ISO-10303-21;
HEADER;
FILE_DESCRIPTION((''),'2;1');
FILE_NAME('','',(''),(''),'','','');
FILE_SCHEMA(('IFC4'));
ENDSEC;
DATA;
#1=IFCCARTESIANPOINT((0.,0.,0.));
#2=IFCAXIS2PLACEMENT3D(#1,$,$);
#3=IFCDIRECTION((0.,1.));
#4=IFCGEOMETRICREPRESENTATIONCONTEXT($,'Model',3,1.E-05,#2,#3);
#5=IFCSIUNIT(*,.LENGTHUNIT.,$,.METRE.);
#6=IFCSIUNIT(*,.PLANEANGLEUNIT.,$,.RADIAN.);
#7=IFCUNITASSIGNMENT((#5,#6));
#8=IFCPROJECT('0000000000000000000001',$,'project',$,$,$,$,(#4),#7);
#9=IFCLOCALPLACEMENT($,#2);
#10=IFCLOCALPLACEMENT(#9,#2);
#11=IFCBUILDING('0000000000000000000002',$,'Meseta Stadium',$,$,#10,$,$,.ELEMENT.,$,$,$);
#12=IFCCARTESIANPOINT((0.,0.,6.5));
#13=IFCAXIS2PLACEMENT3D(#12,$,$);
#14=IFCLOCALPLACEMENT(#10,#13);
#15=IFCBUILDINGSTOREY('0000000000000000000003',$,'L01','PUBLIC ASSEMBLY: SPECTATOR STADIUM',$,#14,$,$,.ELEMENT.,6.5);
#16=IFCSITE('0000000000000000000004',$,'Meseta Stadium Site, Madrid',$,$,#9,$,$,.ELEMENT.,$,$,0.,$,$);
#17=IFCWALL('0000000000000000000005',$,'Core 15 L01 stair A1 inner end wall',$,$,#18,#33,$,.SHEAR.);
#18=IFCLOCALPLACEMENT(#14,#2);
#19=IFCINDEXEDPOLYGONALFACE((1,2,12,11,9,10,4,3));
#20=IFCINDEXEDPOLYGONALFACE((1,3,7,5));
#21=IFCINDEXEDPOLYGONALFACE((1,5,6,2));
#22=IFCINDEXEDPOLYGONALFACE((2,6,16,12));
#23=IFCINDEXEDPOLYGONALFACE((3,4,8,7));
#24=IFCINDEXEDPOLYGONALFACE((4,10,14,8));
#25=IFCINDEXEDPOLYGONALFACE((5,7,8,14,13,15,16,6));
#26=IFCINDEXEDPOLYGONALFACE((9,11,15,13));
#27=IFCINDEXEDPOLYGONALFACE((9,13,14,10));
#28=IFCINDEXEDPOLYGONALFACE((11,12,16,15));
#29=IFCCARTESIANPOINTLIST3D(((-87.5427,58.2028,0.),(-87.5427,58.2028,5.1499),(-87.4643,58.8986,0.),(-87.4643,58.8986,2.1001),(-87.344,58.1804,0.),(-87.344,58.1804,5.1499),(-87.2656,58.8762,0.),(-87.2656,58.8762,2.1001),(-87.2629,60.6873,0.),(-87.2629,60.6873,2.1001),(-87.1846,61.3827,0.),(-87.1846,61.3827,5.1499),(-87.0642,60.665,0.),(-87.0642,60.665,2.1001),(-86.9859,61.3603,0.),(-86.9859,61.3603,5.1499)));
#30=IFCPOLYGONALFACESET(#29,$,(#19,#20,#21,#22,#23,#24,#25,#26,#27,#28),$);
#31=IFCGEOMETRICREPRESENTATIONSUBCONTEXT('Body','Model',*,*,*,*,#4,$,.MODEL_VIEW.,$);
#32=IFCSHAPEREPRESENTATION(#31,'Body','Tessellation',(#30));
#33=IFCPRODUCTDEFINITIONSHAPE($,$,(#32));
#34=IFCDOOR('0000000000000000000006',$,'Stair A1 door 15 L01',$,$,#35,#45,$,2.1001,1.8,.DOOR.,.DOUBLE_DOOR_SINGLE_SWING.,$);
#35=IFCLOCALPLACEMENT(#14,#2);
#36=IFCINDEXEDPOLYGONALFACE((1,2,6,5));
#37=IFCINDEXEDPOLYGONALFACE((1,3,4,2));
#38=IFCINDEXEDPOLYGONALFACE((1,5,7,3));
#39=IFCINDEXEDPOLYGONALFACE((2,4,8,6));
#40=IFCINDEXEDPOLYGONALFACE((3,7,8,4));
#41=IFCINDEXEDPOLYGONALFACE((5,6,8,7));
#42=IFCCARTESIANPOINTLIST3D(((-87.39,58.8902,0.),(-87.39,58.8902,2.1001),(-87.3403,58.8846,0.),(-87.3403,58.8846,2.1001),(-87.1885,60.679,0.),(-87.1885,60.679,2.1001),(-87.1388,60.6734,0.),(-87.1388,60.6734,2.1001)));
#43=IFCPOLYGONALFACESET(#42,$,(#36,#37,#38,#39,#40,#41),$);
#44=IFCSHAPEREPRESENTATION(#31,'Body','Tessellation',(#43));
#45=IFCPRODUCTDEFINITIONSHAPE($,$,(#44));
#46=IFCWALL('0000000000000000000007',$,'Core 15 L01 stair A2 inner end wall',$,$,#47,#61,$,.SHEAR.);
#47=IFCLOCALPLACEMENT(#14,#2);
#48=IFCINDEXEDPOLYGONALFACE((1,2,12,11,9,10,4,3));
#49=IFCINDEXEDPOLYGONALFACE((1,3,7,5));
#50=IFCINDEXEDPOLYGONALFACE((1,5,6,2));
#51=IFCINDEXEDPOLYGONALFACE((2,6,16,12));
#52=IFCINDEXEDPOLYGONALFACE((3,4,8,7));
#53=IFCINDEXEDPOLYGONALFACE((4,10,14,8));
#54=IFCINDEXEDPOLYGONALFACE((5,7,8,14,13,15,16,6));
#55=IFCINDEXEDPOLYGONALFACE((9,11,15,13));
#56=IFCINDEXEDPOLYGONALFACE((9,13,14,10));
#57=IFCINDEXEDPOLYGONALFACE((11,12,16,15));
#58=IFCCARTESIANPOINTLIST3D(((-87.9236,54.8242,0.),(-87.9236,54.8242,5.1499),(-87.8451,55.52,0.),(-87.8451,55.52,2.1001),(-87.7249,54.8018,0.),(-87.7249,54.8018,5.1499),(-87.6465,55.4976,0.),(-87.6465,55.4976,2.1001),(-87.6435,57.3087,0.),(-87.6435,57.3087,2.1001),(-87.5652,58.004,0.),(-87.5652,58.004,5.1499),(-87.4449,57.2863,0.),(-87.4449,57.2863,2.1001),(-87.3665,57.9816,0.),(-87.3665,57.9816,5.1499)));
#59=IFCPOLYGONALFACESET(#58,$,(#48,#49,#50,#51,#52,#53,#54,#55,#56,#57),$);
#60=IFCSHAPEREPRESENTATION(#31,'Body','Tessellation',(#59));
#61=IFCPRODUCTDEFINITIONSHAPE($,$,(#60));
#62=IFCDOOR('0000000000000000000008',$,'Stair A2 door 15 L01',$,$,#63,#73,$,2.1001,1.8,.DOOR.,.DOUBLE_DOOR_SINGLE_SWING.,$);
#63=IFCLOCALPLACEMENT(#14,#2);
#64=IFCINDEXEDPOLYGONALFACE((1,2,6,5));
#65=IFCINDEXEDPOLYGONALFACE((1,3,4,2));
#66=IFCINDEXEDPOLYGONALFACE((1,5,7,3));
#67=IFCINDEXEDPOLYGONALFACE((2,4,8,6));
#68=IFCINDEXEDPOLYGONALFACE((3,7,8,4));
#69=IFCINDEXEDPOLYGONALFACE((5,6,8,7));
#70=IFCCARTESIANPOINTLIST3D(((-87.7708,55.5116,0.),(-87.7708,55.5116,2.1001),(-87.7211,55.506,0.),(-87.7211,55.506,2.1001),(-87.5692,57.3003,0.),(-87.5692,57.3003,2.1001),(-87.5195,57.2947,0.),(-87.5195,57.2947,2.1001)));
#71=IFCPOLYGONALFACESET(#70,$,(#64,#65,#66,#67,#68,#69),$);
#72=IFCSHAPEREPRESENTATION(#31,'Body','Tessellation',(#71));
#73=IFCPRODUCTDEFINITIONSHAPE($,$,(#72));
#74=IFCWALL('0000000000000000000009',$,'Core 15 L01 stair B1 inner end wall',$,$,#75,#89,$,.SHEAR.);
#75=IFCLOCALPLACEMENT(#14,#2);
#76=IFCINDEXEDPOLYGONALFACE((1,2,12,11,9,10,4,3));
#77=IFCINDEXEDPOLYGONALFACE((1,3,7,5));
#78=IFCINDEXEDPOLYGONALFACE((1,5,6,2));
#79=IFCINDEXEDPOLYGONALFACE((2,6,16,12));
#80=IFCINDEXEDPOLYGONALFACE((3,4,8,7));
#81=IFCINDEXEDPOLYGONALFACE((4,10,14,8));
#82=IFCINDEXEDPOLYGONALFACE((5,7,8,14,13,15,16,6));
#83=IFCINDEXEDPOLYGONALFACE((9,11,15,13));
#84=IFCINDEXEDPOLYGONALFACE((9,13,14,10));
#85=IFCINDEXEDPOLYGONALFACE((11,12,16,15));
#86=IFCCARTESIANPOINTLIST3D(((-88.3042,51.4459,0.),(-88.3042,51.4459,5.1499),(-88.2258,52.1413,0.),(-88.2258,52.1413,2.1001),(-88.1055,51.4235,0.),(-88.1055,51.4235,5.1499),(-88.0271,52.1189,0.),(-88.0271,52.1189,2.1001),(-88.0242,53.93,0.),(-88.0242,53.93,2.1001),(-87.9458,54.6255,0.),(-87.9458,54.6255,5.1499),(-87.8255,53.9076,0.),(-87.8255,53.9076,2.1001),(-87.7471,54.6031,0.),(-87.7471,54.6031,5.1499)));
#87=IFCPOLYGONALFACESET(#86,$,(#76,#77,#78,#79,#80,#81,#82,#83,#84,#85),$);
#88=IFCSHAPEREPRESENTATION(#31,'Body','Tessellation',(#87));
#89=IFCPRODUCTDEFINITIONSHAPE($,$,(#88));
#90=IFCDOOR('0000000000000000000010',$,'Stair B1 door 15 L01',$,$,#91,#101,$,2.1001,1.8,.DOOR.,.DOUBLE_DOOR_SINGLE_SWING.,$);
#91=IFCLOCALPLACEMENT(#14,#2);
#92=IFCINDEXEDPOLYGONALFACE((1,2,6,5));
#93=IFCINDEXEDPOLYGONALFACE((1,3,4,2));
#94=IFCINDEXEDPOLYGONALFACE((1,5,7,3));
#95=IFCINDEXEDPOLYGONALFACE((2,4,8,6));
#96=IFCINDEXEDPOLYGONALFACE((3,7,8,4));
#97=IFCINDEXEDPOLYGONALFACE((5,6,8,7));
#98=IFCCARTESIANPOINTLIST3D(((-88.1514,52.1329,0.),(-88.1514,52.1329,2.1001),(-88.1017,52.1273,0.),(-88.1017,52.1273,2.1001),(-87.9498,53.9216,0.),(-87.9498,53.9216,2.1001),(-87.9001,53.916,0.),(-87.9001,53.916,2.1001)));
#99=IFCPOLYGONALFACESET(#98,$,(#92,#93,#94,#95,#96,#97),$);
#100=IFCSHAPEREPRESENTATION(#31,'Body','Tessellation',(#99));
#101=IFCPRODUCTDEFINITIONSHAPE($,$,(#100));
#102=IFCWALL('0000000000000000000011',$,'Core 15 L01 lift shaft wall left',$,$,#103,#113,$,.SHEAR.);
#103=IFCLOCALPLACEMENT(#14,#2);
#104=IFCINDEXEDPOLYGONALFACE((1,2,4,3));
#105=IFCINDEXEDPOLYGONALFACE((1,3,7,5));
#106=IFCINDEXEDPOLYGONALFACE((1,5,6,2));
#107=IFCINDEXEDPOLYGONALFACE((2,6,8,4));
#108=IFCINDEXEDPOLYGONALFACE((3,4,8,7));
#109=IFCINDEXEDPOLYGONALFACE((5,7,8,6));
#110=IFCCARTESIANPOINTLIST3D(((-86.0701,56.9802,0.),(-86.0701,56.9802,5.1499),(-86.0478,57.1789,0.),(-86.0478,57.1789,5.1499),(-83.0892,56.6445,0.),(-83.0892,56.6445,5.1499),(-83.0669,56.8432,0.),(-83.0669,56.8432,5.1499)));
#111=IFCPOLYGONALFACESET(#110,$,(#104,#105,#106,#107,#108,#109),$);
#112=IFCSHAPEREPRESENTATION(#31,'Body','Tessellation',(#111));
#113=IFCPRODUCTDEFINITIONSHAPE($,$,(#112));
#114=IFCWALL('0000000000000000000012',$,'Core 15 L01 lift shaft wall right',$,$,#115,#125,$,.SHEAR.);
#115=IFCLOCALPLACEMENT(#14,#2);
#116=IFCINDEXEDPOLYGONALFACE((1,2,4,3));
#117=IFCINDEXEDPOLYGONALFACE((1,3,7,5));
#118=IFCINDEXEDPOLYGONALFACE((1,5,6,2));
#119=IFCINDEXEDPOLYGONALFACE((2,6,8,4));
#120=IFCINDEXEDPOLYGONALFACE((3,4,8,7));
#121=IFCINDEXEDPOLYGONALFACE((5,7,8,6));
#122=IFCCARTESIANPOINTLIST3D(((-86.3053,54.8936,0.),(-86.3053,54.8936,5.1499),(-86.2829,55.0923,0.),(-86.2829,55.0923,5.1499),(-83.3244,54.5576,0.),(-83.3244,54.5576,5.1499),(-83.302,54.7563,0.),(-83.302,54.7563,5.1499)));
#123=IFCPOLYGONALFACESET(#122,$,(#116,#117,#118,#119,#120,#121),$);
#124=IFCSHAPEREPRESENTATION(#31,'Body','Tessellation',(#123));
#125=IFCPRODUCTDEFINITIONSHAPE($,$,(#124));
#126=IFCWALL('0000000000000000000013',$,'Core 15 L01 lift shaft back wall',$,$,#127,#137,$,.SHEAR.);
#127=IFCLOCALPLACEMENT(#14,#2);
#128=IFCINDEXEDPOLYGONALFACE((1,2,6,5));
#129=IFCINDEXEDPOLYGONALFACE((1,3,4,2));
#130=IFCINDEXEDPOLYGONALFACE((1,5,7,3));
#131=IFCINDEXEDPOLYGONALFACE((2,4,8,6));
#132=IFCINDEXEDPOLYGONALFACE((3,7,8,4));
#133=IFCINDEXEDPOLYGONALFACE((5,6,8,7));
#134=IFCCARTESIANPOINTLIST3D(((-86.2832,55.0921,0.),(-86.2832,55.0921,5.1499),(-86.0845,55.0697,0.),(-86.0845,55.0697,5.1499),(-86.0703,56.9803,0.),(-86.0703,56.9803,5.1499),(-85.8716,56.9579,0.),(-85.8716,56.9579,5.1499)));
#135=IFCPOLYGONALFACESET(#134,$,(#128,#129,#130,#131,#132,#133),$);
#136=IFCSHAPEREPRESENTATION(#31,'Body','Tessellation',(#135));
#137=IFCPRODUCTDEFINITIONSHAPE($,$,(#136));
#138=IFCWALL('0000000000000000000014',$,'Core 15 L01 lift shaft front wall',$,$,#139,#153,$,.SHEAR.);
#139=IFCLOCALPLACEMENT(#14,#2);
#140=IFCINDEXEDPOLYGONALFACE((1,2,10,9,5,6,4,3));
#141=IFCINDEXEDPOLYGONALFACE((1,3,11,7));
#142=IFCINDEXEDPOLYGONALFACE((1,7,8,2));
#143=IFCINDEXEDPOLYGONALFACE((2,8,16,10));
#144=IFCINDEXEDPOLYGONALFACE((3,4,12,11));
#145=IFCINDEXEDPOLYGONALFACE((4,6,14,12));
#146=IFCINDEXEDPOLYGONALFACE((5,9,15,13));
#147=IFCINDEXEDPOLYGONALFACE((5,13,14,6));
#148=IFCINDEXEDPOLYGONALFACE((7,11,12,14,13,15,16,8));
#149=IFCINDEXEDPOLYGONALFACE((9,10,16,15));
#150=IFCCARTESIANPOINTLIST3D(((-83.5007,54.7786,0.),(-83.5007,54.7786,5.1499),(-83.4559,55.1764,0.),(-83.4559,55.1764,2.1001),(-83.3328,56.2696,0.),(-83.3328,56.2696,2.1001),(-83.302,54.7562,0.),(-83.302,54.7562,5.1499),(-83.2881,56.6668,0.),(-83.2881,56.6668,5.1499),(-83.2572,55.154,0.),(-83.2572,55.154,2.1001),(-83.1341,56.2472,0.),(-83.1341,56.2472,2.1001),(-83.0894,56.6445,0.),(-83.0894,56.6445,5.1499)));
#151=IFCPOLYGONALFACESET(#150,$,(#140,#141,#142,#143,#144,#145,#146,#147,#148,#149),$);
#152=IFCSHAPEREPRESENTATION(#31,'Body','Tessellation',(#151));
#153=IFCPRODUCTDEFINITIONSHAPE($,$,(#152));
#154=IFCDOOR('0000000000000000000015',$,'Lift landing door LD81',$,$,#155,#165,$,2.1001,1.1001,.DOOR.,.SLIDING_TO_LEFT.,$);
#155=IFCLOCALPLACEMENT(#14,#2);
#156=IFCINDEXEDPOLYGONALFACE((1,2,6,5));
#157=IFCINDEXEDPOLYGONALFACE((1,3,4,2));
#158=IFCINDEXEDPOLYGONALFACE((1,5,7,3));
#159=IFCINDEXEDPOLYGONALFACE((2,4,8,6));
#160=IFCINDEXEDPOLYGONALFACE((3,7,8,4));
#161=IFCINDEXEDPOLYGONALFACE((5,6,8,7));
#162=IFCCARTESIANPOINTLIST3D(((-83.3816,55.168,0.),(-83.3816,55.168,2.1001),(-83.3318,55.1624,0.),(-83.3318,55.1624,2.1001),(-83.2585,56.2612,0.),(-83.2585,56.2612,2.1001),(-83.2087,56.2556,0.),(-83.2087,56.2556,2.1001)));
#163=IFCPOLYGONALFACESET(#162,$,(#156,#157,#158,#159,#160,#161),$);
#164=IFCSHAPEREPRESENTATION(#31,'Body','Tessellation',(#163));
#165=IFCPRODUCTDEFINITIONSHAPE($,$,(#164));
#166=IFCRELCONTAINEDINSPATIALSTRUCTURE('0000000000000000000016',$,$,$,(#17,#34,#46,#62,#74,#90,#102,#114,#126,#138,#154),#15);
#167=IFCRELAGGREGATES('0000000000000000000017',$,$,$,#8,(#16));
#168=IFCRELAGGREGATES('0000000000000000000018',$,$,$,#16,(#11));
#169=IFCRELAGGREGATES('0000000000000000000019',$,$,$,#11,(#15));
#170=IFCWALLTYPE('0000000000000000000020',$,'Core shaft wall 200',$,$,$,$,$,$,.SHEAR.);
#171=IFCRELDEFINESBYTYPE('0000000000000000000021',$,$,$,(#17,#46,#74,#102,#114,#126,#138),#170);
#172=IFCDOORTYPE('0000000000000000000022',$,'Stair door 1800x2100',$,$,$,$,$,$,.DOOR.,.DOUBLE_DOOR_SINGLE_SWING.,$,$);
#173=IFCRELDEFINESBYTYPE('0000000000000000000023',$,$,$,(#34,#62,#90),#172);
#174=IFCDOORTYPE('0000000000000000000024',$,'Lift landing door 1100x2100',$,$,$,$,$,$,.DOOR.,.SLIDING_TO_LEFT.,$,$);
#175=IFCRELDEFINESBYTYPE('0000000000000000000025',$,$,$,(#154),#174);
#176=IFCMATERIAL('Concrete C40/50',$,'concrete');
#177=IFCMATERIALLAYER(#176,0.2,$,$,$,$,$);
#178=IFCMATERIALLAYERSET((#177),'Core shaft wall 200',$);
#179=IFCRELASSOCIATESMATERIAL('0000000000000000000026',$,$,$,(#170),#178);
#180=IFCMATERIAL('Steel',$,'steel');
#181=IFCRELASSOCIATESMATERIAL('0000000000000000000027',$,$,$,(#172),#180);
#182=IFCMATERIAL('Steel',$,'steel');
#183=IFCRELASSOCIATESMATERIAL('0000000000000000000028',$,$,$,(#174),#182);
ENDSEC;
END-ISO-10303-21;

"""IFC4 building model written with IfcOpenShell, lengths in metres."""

from ifc_helpers import new_model, si_unit, direction, frame, frame_2d, origin, place, context, subcontext, project, spatial, rectangle, extrude, material, layer, layer_set, type_object, element, fill, save


model = new_model("IFC4")

# Units and contexts
model_context = context("Model", 3, precision=1e-05, world=origin(), true_north=direction((0.0, 1.0)))
body_context = subcontext(model_context, "Body", "Model", "MODEL_VIEW")
ifc_project = project(units=[si_unit("LENGTHUNIT", "METRE"), si_unit("PLANEANGLEUNIT", "RADIAN")], contexts=[model_context])

# Site, building, storey
site_placement = place(None, origin())
site = spatial("IfcSite", under=ifc_project, at=site_placement, Name="Meseta Stadium Site, Madrid", CompositionType="ELEMENT", RefElevation=0.0)
building_placement = place(site_placement, origin())
building = spatial("IfcBuilding", under=site, at=building_placement, Name="Meseta Stadium", CompositionType="ELEMENT")
storey_placement = place(building_placement, frame((0.0, 0.0, 6.5)))
storey = spatial("IfcBuildingStorey", under=building, at=storey_placement, Name="L01", Description="PUBLIC ASSEMBLY: SPECTATOR STADIUM", CompositionType="ELEMENT", Elevation=6.5)

# Walls, openings, doors
ifc_material_1 = material(Name="Concrete C40/50", Category="concrete")
ifc_layer = layer(ifc_material_1, 0.2)
ifc_layer_set = layer_set([ifc_layer], Name="Core shaft wall 200")
wall_type = type_object("IfcWallType", Name="Core shaft wall 200", PredefinedType="SHEAR", material=ifc_layer_set)
wall_1_placement = place(storey_placement, frame((-87.0852, 61.3716, 0.0), z_axis=(0.0, 0.0, 1.0), x_axis=(-0.111922, -0.993717, 0.0)))
wall_1 = element("IfcWall", 1, at=wall_1_placement, inside=storey, type_object=wall_type, Name="Core 15 L01 stair A1 inner end wall", PredefinedType="SHEAR", context=body_context, shape_type="SweptSolid", body=[
    extrude(rectangle(XDim=3.2, YDim=0.2, at=frame_2d((1.6001, 0.0))), origin(), (0.0, 0.0, 1.0), 5.1499),
])
opening_1_placement = place(wall_1_placement, frame((0.7, 0.0, 0.0)))
opening_1 = element("IfcOpeningElement", 2, at=opening_1_placement, cuts=wall_1, PredefinedType="OPENING", context=body_context, shape_type="SweptSolid", body=[
    extrude(rectangle(XDim=1.8, YDim=2.1001, at=frame_2d((0.8999, 1.05))), frame((0.0, 0.1099, 0.0), z_axis=(0.0, -1.0, 0.0), x_axis=(1.0, 0.0, 0.0)), (0.0, 0.0, 1.0), 0.22),
])
ifc_material_2 = material(Name="Steel", Category="steel")
door_type_1 = type_object("IfcDoorType", Name="Stair door 1800x2100", OperationType="DOUBLE_DOOR_SINGLE_SWING", PredefinedType="DOOR", material=ifc_material_2)
door_1_placement = place(opening_1_placement, origin())
door_1 = element("IfcDoor", 3, at=door_1_placement, inside=storey, type_object=door_type_1, Name="Stair A1 door 15 L01", OperationType="DOUBLE_DOOR_SINGLE_SWING", OverallHeight=2.1001, OverallWidth=1.8, PredefinedType="DOOR", context=body_context, shape_type="SweptSolid", body=[
    extrude(rectangle(XDim=1.8, YDim=2.1001, at=frame_2d((0.8999, 1.05))), frame((0.0, 0.0249, 0.0), z_axis=(0.0, -1.0, 0.0), x_axis=(1.0, 0.0, 0.0)), (0.0, 0.0, 1.0), 0.05),
])
fill(opening_1, door_1)
wall_2_placement = place(storey_placement, frame((-87.4658, 57.9929, 0.0), z_axis=(0.0, 0.0, 1.0), x_axis=(-0.111997, -0.993709, 0.0)))
wall_2 = element("IfcWall", 4, at=wall_2_placement, inside=storey, type_object=wall_type, Name="Core 15 L01 stair A2 inner end wall", PredefinedType="SHEAR", context=body_context, shape_type="SweptSolid", body=[
    extrude(rectangle(XDim=3.2, YDim=0.2, at=frame_2d((1.6001, 0.0))), origin(), (0.0, 0.0, 1.0), 5.1499),
])
opening_2_placement = place(wall_2_placement, frame((0.7, 0.0, 0.0)))
opening_2 = element("IfcOpeningElement", 5, at=opening_2_placement, cuts=wall_2, PredefinedType="OPENING", context=body_context, shape_type="SweptSolid", body=[
    extrude(rectangle(XDim=1.8, YDim=2.1001, at=frame_2d((0.8999, 1.05))), frame((0.0, 0.1099, 0.0), z_axis=(0.0, -1.0, 0.0), x_axis=(1.0, 0.0, 0.0)), (0.0, 0.0, 1.0), 0.22),
])
door_2_placement = place(opening_2_placement, origin())
door_2 = element("IfcDoor", 6, at=door_2_placement, inside=storey, type_object=door_type_1, Name="Stair A2 door 15 L01", OperationType="DOUBLE_DOOR_SINGLE_SWING", OverallHeight=2.1001, OverallWidth=1.8, PredefinedType="DOOR", context=body_context, shape_type="SweptSolid", body=[
    extrude(rectangle(XDim=1.8, YDim=2.1001, at=frame_2d((0.8999, 1.05))), frame((0.0, 0.0249, 0.0), z_axis=(0.0, -1.0, 0.0), x_axis=(1.0, 0.0, 0.0)), (0.0, 0.0, 1.0), 0.05),
])
fill(opening_2, door_2)
wall_3_placement = place(storey_placement, frame((-87.8464, 54.6143, 0.0), z_axis=(0.0, 0.0, 1.0), x_axis=(-0.112006, -0.993708, 0.0)))
wall_3 = element("IfcWall", 7, at=wall_3_placement, inside=storey, type_object=wall_type, Name="Core 15 L01 stair B1 inner end wall", PredefinedType="SHEAR", context=body_context, shape_type="SweptSolid", body=[
    extrude(rectangle(XDim=3.1997, YDim=0.2, at=frame_2d((1.5999, 0.0))), origin(), (0.0, 0.0, 1.0), 5.1499),
])
opening_3_placement = place(wall_3_placement, frame((0.7, 0.0, 0.0)))
opening_3 = element("IfcOpeningElement", 8, at=opening_3_placement, cuts=wall_3, PredefinedType="OPENING", context=body_context, shape_type="SweptSolid", body=[
    extrude(rectangle(XDim=1.8, YDim=2.1001, at=frame_2d((0.8999, 1.05))), frame((0.0, 0.1099, 0.0), z_axis=(0.0, -1.0, 0.0), x_axis=(1.0, 0.0, 0.0)), (0.0, 0.0, 1.0), 0.22),
])
door_3_placement = place(opening_3_placement, origin())
door_3 = element("IfcDoor", 9, at=door_3_placement, inside=storey, type_object=door_type_1, Name="Stair B1 door 15 L01", OperationType="DOUBLE_DOOR_SINGLE_SWING", OverallHeight=2.1001, OverallWidth=1.8, PredefinedType="DOOR", context=body_context, shape_type="SweptSolid", body=[
    extrude(rectangle(XDim=1.8, YDim=2.1001, at=frame_2d((0.8999, 1.05))), frame((0.0, 0.0249, 0.0), z_axis=(0.0, -1.0, 0.0), x_axis=(1.0, 0.0, 0.0)), (0.0, 0.0, 1.0), 0.05),
])
fill(opening_3, door_3)

# Walls
for number, where, z_axis, x_axis, name in (
    (10, (-86.0591, 57.0796, 0.0), (0.0, 0.0, 1.0), (0.993719, -0.111905, 0.0), "Core 15 L01 lift shaft wall left"),
    (11, (-86.2942, 54.9929, 0.0), (0.0, 0.0, 1.0), (0.99371, -0.111986, 0.0), "Core 15 L01 lift shaft wall right"),
):
    element("IfcWall", number, at=place(storey_placement, frame(where, z_axis=z_axis, x_axis=x_axis)), inside=storey, type_object=wall_type, Name=name, PredefinedType="SHEAR", context=body_context, shape_type="SweptSolid", body=[
        extrude(rectangle(XDim=2.9998, YDim=0.2, at=frame_2d((1.5, 0.0))), origin(), (0.0, 0.0, 1.0), 5.1499),
    ])
wall_4_placement = place(storey_placement, frame((-85.9709, 56.9692, 0.0), z_axis=(0.0, 0.0, 1.0), x_axis=(-0.112039, -0.993704, 0.0)))
element("IfcWall", 12, at=wall_4_placement, inside=storey, type_object=wall_type, Name="Core 15 L01 lift shaft back wall", PredefinedType="SHEAR", context=body_context, shape_type="SweptSolid", body=[
    extrude(rectangle(XDim=1.9001, YDim=0.2, at=frame_2d((0.9502, 0.0))), origin(), (0.0, 0.0, 1.0), 5.1499),
])

# Wall, opening, door
wall_5_placement = place(storey_placement, frame((-83.1887, 56.6558, 0.0), z_axis=(0.0, 0.0, 1.0), x_axis=(-0.111912, -0.993718, 0.0)))
wall_5 = element("IfcWall", 13, at=wall_5_placement, inside=storey, type_object=wall_type, Name="Core 15 L01 lift shaft front wall", PredefinedType="SHEAR", context=body_context, shape_type="SweptSolid", body=[
    extrude(rectangle(XDim=1.9001, YDim=0.2, at=frame_2d((0.9502, 0.0))), origin(), (0.0, 0.0, 1.0), 5.1499),
])
opening_4_placement = place(wall_5_placement, frame((0.3999, 0.0, 0.0)))
opening_4 = element("IfcOpeningElement", 14, at=opening_4_placement, cuts=wall_5, PredefinedType="OPENING", context=body_context, shape_type="SweptSolid", body=[
    extrude(rectangle(XDim=1.1001, YDim=2.1001, at=frame_2d((0.55, 1.05))), frame((0.0, 0.1099, 0.0), z_axis=(0.0, -1.0, 0.0), x_axis=(1.0, 0.0, 0.0)), (0.0, 0.0, 1.0), 0.22),
])
ifc_material_3 = material(Name="Steel", Category="steel")
door_type_2 = type_object("IfcDoorType", Name="Lift landing door 1100x2100", OperationType="SLIDING_TO_LEFT", PredefinedType="DOOR", material=ifc_material_3)
door_4_placement = place(opening_4_placement, origin())
door_4 = element("IfcDoor", 15, at=door_4_placement, inside=storey, type_object=door_type_2, Name="Lift landing door LD81", OperationType="SLIDING_TO_LEFT", OverallHeight=2.1001, OverallWidth=1.1001, PredefinedType="DOOR", context=body_context, shape_type="SweptSolid", body=[
    extrude(rectangle(XDim=1.1001, YDim=2.1001, at=frame_2d((0.55, 1.05))), frame((0.0, 0.0249, 0.0), z_axis=(0.0, -1.0, 0.0), x_axis=(1.0, 0.0, 0.0)), (0.0, 0.0, 1.0), 0.05),
])
fill(opening_4, door_4)

save(model, "model.ifc")
